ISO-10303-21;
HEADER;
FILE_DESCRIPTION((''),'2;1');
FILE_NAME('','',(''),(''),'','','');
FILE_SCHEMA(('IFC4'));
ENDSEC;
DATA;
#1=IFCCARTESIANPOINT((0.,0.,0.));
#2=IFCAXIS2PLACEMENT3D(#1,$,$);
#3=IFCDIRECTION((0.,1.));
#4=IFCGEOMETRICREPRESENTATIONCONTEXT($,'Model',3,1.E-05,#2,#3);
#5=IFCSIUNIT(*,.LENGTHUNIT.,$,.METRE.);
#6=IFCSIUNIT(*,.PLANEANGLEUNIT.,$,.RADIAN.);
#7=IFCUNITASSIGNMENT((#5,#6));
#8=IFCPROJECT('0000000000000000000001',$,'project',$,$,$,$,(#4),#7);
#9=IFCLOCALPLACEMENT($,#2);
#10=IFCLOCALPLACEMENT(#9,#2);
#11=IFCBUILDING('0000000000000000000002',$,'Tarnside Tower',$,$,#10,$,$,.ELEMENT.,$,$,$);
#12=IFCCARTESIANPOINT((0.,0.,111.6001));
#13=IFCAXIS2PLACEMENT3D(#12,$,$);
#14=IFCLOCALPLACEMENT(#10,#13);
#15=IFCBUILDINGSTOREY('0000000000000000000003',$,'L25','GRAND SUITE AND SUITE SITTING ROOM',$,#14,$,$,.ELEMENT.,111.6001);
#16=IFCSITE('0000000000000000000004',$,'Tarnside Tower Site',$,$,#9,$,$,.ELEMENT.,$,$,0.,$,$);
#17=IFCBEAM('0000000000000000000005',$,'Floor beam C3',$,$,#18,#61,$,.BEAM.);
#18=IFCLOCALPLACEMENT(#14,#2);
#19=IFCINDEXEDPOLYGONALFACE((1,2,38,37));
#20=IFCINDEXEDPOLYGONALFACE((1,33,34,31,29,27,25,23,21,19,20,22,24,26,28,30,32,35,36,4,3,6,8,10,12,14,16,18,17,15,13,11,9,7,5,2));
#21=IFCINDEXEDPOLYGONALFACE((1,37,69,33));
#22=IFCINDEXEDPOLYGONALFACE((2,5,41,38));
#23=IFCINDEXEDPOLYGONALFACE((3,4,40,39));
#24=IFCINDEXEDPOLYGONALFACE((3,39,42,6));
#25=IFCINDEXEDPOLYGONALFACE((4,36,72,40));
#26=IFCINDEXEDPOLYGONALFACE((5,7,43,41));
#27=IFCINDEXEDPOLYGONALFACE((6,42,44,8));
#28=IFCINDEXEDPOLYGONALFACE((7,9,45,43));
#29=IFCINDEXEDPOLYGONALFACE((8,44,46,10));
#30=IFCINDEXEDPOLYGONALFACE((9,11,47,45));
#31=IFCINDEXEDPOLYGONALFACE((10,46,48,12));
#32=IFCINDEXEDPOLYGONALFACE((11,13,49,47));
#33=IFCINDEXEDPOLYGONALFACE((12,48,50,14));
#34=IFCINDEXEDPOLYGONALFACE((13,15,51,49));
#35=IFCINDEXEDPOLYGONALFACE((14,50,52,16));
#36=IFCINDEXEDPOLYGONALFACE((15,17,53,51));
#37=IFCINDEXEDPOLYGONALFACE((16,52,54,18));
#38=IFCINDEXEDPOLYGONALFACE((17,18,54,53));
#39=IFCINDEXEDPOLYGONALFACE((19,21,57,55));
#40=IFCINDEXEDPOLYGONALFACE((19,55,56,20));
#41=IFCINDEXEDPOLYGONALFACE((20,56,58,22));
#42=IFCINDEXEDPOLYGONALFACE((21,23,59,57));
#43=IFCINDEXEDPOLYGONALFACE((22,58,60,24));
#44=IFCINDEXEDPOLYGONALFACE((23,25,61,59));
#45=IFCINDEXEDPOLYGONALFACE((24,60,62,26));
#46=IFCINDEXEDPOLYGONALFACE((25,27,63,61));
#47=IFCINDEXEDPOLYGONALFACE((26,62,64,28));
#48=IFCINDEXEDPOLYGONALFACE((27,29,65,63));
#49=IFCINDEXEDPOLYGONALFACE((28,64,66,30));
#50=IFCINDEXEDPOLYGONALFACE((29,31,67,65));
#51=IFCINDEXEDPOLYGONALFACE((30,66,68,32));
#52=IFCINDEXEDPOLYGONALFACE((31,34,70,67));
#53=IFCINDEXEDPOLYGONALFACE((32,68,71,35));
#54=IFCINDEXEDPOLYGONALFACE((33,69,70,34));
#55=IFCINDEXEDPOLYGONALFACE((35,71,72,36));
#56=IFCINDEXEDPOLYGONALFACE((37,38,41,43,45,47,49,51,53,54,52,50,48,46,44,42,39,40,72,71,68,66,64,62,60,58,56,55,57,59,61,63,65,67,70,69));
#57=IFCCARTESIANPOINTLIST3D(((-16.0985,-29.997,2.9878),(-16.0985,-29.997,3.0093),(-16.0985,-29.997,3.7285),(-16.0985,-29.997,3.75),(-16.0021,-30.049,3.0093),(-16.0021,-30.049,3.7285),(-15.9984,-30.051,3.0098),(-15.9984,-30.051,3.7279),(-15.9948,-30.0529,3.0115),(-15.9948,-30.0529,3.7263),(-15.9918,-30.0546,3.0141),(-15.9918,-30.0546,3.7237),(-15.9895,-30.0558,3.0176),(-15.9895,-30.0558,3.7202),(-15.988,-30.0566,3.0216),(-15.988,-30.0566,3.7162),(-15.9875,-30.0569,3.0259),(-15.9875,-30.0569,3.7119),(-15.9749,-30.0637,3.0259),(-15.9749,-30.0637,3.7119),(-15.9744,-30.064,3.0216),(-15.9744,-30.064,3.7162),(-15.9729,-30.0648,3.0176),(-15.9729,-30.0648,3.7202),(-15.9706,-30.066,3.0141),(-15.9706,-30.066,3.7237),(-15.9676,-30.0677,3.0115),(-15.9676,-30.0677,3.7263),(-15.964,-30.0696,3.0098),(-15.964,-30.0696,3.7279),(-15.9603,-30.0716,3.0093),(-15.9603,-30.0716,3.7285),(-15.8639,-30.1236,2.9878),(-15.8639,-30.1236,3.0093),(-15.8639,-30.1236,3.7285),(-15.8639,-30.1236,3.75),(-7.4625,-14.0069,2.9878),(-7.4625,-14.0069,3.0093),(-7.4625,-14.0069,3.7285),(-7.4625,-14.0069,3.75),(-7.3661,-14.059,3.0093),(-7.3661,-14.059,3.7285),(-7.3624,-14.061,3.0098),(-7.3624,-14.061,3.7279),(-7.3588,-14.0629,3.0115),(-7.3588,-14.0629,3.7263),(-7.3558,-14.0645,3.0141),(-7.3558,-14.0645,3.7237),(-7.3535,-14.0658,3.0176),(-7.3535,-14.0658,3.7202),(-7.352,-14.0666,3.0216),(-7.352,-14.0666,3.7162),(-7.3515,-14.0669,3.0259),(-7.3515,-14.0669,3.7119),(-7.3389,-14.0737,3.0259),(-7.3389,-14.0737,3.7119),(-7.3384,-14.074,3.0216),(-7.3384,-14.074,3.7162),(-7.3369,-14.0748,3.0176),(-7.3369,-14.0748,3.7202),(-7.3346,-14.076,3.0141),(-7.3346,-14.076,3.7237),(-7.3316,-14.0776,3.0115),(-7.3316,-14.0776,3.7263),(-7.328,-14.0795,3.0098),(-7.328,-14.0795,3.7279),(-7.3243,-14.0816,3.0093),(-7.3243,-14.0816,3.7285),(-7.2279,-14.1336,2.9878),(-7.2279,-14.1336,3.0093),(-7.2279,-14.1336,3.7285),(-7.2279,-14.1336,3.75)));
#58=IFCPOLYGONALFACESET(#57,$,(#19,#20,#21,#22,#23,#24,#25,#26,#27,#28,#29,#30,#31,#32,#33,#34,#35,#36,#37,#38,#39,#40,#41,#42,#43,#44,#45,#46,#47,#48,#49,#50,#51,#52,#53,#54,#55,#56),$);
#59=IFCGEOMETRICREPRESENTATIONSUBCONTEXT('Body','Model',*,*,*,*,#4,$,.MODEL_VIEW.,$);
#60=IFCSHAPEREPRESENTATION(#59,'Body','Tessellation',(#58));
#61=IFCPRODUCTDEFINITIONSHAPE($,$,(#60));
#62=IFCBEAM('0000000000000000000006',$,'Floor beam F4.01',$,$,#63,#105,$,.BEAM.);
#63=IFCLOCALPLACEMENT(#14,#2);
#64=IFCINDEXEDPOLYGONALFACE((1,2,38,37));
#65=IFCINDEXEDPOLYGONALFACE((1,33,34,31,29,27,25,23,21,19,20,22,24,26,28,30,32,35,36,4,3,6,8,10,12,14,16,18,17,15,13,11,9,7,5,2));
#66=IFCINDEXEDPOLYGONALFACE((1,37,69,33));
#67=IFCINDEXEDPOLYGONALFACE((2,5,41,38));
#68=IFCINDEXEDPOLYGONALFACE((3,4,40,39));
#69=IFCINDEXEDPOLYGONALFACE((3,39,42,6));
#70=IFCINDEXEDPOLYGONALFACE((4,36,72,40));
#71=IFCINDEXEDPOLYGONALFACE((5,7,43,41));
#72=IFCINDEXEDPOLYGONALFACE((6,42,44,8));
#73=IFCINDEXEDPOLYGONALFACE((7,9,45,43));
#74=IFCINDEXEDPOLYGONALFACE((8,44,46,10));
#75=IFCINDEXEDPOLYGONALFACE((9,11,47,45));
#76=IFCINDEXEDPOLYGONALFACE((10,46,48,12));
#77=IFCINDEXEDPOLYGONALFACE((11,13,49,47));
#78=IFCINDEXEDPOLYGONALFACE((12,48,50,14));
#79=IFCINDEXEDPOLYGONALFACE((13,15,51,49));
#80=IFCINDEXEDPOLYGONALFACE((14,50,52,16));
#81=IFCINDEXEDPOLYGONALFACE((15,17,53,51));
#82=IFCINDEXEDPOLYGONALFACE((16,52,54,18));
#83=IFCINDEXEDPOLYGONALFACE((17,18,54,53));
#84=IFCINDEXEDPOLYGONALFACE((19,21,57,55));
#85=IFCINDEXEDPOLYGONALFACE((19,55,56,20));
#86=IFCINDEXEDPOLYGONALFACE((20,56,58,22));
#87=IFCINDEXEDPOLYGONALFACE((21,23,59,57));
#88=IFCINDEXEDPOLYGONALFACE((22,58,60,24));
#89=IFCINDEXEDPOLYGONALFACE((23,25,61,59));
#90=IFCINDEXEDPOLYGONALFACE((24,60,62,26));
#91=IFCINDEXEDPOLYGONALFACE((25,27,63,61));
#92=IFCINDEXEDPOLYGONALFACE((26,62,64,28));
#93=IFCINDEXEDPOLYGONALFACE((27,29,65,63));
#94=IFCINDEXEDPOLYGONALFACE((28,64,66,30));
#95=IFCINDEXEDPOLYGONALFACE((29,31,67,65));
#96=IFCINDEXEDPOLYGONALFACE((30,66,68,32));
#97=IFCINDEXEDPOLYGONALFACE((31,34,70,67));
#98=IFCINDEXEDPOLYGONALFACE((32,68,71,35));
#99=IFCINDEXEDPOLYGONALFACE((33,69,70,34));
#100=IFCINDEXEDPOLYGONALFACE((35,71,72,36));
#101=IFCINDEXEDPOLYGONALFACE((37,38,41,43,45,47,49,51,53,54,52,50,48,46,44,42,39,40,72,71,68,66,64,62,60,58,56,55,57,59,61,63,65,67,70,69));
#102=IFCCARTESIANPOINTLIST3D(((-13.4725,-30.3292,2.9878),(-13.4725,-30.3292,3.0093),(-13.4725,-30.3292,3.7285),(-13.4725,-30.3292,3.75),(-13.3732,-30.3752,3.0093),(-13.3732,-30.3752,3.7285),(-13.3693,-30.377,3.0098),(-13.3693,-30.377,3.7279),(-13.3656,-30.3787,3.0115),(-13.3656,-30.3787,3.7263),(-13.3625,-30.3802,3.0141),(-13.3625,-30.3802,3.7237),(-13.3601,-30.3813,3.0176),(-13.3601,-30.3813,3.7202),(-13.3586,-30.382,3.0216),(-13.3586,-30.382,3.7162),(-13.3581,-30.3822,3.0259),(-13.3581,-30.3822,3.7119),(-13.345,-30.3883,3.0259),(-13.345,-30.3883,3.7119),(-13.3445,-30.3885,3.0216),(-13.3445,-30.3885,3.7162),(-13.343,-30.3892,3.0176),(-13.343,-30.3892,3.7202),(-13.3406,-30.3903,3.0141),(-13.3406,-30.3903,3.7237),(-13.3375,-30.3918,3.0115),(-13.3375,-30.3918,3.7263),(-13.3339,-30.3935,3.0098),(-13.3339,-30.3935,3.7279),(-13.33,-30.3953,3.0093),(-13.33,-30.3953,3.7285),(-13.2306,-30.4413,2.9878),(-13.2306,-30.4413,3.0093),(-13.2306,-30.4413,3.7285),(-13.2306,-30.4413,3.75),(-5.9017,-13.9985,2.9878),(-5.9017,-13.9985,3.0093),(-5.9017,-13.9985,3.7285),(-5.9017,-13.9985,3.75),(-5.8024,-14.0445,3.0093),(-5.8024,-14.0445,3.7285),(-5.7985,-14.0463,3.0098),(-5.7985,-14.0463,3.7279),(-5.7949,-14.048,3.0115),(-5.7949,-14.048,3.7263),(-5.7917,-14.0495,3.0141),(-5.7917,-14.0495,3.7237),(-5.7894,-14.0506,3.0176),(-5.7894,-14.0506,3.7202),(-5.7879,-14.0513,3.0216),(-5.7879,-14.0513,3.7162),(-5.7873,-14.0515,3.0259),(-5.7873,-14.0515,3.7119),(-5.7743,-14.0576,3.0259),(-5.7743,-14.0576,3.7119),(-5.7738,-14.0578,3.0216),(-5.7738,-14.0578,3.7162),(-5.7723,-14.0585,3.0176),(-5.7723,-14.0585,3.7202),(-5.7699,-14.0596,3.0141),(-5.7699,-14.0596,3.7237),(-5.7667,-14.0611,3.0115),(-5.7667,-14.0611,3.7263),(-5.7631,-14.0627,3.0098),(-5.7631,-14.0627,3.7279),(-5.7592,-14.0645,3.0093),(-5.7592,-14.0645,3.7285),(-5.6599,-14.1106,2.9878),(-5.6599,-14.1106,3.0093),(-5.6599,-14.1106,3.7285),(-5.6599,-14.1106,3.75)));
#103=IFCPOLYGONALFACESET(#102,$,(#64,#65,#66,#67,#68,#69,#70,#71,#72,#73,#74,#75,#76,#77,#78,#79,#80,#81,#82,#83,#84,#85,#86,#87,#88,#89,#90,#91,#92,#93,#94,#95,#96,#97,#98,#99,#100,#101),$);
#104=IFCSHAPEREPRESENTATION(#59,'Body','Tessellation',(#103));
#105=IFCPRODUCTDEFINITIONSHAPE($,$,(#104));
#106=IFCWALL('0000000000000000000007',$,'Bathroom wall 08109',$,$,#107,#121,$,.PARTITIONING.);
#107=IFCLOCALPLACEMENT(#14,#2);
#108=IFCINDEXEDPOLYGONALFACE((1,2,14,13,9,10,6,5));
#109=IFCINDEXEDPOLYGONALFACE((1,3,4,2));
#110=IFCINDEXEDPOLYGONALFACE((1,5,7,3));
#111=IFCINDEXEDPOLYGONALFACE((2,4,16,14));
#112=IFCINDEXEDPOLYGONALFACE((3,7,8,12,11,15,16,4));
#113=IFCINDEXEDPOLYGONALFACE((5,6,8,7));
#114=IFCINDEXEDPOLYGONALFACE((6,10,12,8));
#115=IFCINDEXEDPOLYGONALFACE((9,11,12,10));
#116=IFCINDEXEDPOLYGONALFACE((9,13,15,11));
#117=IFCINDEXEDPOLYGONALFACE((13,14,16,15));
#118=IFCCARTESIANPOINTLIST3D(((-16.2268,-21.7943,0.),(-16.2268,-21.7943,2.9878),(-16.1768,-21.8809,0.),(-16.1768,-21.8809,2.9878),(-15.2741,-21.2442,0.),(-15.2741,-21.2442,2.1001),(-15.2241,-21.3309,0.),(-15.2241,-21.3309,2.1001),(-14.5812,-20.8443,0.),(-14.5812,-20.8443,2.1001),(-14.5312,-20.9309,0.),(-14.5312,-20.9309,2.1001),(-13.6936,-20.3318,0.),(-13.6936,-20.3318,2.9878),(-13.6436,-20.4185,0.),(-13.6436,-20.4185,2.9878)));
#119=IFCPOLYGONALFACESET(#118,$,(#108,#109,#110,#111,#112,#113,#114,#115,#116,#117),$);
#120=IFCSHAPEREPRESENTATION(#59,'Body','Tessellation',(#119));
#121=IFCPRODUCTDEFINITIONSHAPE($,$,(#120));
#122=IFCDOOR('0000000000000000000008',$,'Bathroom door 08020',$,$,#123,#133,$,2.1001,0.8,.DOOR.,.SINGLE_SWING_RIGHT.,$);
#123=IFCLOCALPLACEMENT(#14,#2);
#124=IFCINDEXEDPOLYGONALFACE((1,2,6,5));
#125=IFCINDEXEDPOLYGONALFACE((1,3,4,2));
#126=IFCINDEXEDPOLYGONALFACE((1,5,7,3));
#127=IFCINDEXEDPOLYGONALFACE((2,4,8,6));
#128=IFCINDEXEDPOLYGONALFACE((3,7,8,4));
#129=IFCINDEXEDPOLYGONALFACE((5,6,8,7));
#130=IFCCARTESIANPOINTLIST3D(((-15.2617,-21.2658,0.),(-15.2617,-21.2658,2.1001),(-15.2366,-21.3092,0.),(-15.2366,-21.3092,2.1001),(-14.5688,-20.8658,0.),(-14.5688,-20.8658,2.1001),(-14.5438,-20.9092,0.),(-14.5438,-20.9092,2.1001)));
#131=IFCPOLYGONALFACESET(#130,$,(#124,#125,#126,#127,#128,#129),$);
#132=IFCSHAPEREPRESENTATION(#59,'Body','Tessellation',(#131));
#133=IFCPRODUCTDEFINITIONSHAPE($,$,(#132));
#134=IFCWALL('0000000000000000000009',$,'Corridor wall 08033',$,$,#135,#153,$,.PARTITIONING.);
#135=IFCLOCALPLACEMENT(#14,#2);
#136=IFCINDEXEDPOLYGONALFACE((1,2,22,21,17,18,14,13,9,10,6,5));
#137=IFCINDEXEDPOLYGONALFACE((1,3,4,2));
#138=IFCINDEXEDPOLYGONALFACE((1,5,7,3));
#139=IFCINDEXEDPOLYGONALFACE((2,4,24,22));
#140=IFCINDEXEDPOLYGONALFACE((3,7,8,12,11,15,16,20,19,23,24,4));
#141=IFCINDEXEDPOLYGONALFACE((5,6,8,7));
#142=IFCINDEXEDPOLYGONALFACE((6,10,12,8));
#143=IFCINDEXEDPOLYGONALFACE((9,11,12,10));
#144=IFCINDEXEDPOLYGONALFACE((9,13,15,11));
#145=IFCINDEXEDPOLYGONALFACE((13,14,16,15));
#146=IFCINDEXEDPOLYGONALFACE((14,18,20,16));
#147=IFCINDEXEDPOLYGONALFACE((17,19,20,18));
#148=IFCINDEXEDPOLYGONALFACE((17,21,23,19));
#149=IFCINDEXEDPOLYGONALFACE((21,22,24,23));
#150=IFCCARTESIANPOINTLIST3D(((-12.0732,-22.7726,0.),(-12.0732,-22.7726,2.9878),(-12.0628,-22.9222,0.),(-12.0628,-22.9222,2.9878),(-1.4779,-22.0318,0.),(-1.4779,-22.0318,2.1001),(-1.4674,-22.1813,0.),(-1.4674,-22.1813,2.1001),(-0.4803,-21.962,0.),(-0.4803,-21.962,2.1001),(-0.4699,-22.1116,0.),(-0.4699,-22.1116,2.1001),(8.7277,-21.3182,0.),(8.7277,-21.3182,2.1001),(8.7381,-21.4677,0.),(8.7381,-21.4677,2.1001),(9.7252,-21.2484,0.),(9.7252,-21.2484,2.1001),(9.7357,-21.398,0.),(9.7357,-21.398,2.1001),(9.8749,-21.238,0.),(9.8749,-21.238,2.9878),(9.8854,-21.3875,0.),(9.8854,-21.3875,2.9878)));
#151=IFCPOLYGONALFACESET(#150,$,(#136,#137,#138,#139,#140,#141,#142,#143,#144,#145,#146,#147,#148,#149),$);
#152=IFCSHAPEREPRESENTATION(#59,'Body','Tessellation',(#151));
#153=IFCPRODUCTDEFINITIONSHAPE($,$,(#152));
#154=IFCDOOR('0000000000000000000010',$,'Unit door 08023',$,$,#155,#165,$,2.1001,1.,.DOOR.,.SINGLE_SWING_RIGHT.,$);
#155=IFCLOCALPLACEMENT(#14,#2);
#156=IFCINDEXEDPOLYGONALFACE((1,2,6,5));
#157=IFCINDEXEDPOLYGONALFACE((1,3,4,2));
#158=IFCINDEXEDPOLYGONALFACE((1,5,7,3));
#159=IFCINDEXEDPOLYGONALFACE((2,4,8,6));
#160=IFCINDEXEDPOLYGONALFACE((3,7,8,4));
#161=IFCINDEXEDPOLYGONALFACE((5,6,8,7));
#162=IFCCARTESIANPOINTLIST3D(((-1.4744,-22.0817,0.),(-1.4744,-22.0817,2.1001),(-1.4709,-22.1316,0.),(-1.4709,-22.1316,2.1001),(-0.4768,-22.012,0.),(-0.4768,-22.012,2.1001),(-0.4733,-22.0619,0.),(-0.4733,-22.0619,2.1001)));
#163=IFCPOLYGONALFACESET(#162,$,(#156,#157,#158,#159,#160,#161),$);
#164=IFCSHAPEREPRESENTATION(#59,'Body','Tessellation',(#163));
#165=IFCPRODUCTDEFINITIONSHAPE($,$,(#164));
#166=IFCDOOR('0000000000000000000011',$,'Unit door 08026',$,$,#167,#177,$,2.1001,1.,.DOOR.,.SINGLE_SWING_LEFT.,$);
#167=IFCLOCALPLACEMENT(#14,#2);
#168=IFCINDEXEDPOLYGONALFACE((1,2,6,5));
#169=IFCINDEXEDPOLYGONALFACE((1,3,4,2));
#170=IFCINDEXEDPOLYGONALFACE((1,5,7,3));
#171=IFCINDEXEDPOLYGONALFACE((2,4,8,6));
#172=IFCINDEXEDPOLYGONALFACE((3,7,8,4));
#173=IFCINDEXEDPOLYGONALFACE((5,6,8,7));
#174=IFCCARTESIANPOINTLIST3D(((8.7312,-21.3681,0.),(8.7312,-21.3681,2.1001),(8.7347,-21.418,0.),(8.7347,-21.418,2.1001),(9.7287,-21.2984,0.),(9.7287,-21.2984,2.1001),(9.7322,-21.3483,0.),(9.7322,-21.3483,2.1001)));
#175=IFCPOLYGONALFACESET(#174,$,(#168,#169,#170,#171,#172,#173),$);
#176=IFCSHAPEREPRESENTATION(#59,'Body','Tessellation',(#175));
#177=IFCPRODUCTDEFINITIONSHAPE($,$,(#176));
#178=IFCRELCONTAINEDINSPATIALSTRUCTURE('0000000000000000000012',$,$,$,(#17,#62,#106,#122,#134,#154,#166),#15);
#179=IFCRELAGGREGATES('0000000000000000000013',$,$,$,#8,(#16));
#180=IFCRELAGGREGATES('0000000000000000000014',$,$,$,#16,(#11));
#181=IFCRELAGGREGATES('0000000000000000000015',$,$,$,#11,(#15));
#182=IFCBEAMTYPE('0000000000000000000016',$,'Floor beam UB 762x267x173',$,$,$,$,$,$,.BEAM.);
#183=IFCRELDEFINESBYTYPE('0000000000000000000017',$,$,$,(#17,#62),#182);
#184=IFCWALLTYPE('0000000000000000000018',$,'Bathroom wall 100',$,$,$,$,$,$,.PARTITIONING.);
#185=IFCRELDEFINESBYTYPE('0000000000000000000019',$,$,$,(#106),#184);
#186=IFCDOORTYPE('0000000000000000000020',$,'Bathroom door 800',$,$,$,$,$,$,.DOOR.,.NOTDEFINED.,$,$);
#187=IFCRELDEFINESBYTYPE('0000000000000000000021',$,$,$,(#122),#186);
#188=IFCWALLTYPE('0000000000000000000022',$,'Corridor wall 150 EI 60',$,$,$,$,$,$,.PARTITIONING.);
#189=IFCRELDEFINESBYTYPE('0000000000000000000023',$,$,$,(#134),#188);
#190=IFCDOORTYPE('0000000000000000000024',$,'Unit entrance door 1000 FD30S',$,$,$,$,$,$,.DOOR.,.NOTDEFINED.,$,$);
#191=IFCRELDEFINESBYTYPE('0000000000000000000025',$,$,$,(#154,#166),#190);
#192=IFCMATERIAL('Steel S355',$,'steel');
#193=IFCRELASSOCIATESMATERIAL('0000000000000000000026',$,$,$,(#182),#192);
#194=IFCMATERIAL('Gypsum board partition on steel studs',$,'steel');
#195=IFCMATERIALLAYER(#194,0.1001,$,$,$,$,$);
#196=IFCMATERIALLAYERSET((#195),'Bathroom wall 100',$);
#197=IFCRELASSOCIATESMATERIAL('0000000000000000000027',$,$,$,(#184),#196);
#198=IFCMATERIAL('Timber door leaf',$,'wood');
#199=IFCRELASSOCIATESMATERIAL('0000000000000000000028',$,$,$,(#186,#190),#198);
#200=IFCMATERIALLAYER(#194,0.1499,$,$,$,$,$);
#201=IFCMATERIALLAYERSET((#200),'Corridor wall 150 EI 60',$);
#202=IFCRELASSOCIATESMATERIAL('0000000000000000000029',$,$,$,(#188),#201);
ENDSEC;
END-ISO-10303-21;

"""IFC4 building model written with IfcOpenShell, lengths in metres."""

from ifc_helpers import new_model, si_unit, direction, frame, frame_2d, origin, origin_2d, place, context, subcontext, project, spatial, rectangle, i_section, extrude, material, layer, layer_set, material_profile, profile_set, type_object, element, fill, save


model = new_model("IFC4")

# Units and contexts
model_context = context("Model", 3, precision=1e-05, world=origin(), true_north=direction((0.0, 1.0)))
body_context = subcontext(model_context, "Body", "Model", "MODEL_VIEW")
ifc_project = project(units=[si_unit("LENGTHUNIT", "METRE"), si_unit("PLANEANGLEUNIT", "RADIAN")], contexts=[model_context])

# Site, building, storey
site_placement = place(None, origin())
site = spatial("IfcSite", under=ifc_project, at=site_placement, Name="Tarnside Tower Site", CompositionType="ELEMENT", RefElevation=0.0)
building_placement = place(site_placement, origin())
building = spatial("IfcBuilding", under=site, at=building_placement, Name="Tarnside Tower", CompositionType="ELEMENT")
storey_placement = place(building_placement, frame((0.0, 0.0, 111.6001)))
storey = spatial("IfcBuildingStorey", under=building, at=storey_placement, Name="L25", Description="GRAND SUITE AND SUITE SITTING ROOM", CompositionType="ELEMENT", Elevation=111.6001)

# Beams
ifc_material_1 = material(Name="Steel S355", Category="steel")
ifc_material_profile = material_profile(ifc_material_1, i_section(OverallWidth=0.2666, OverallDepth=0.7622, WebThickness=0.0144, FlangeThickness=0.0215, FilletRadius=0.0166, at=origin_2d()), Name="UB 762x267x173")
ifc_profile_set = profile_set([ifc_material_profile], Name="Steel S355")
beam_type = type_object("IfcBeamType", Name="Floor beam UB 762x267x173", PredefinedType="BEAM", material=ifc_profile_set)
beam_1_placement = place(storey_placement, frame((-15.9812, -30.0603, 3.3689), z_axis=(0.475208, 0.879873, 0.0), x_axis=(-0.879873, 0.475208, 0.0)))
element("IfcBeam", 1, at=beam_1_placement, inside=storey, type_object=beam_type, Name="Floor beam C3", PredefinedType="BEAM", context=body_context, shape_type="SweptSolid", body=[
    extrude(i_section(OverallWidth=0.2666, OverallDepth=0.7622, WebThickness=0.0144, FlangeThickness=0.0215, FilletRadius=0.0166, at=origin_2d()), origin(), (0.0, 0.0, 1.0), 18.1731),
])
beam_2_placement = place(storey_placement, frame((-13.3516, -30.3853, 3.3689), z_axis=(0.420592, 0.90725, 0.0), x_axis=(-0.90725, 0.420592, 0.0)))
element("IfcBeam", 2, at=beam_2_placement, inside=storey, type_object=beam_type, Name="Floor beam F4.01", PredefinedType="BEAM", context=body_context, shape_type="SweptSolid", body=[
    extrude(i_section(OverallWidth=0.2666, OverallDepth=0.7622, WebThickness=0.0144, FlangeThickness=0.0215, FilletRadius=0.0166, at=origin_2d()), origin(), (0.0, 0.0, 1.0), 18.0002),
])

# Wall, opening, door
ifc_material_2 = material(Name="Gypsum board partition on steel studs", Category="steel")
ifc_layer_1 = layer(ifc_material_2, 0.1001)
ifc_layer_set_1 = layer_set([ifc_layer_1], Name="Bathroom wall 100")
wall_type_1 = type_object("IfcWallType", Name="Bathroom wall 100", PredefinedType="PARTITIONING", material=ifc_layer_set_1)
wall_1_placement = place(storey_placement, frame((-13.6687, -20.3752, 0.0), z_axis=(0.0, 0.0, 1.0), x_axis=(-0.866047, -0.499963, 0.0)))
wall_1 = element("IfcWall", 3, at=wall_1_placement, inside=storey, type_object=wall_type_1, Name="Bathroom wall 08109", PredefinedType="PARTITIONING", context=body_context, shape_type="SweptSolid", body=[
    extrude(rectangle(XDim=2.925, YDim=0.1001, at=frame_2d((1.4624, 0.0))), origin(), (0.0, 0.0, 1.0), 2.9878),
])
opening_1_placement = place(wall_1_placement, frame((1.0249, 0.0, 0.0)))
opening_1 = element("IfcOpeningElement", 4, at=opening_1_placement, cuts=wall_1, PredefinedType="OPENING", context=body_context, shape_type="SweptSolid", body=[
    extrude(rectangle(XDim=0.8, YDim=2.1001, at=frame_2d((0.3999, 1.05))), frame((0.0, 0.0601, 0.0), z_axis=(0.0, -1.0, 0.0), x_axis=(1.0, 0.0, 0.0)), (0.0, 0.0, 1.0), 0.1201),
])
ifc_material_3 = material(Name="Timber door leaf", Category="wood")
door_type_1 = type_object("IfcDoorType", Name="Bathroom door 800", OperationType="NOTDEFINED", PredefinedType="DOOR", material=ifc_material_3)
door_1_placement = place(opening_1_placement, origin())
door_1 = element("IfcDoor", 5, at=door_1_placement, inside=storey, type_object=door_type_1, Name="Bathroom door 08020", OperationType="SINGLE_SWING_RIGHT", OverallHeight=2.1001, OverallWidth=0.8, PredefinedType="DOOR", context=body_context, shape_type="SweptSolid", body=[
    extrude(rectangle(XDim=0.8, YDim=2.1001, at=frame_2d((0.3999, 1.05))), frame((0.0, 0.0249, 0.0), z_axis=(0.0, -1.0, 0.0), x_axis=(1.0, 0.0, 0.0)), (0.0, 0.0, 1.0), 0.05),
])
fill(opening_1, door_1)

# Wall, openings, doors
ifc_layer_2 = layer(ifc_material_2, 0.1499)
ifc_layer_set_2 = layer_set([ifc_layer_2], Name="Corridor wall 150 EI 60")
wall_type_2 = type_object("IfcWallType", Name="Corridor wall 150 EI 60", PredefinedType="PARTITIONING", material=ifc_layer_set_2)
wall_2_placement = place(storey_placement, frame((-12.0681, -22.8474, 0.0), z_axis=(0.0, 0.0, 1.0), x_axis=(0.997564, 0.069752, 0.0)))
wall_2 = element("IfcWall", 6, at=wall_2_placement, inside=storey, type_object=wall_type_2, Name="Corridor wall 08033", PredefinedType="PARTITIONING", context=body_context, shape_type="SweptSolid", body=[
    extrude(rectangle(XDim=22.0017, YDim=0.1499, at=frame_2d((11.001, 0.0))), origin(), (0.0, 0.0, 1.0), 2.9878),
])
opening_2_placement = place(wall_2_placement, frame((10.6213, 0.0, 0.0)))
opening_2 = element("IfcOpeningElement", 7, at=opening_2_placement, cuts=wall_2, PredefinedType="OPENING", context=body_context, shape_type="SweptSolid", body=[
    extrude(rectangle(XDim=1.0, YDim=2.1001, at=frame_2d((0.5, 1.05))), frame((0.0, 0.085, 0.0), z_axis=(0.0, -1.0, 0.0), x_axis=(1.0, 0.0, 0.0)), (0.0, 0.0, 1.0), 0.1699),
])
opening_3_placement = place(wall_2_placement, frame((20.8518, 0.0, 0.0)))
opening_3 = element("IfcOpeningElement", 8, at=opening_3_placement, cuts=wall_2, PredefinedType="OPENING", context=body_context, shape_type="SweptSolid", body=[
    extrude(rectangle(XDim=1.0, YDim=2.1001, at=frame_2d((0.5, 1.05))), frame((0.0, 0.085, 0.0), z_axis=(0.0, -1.0, 0.0), x_axis=(1.0, 0.0, 0.0)), (0.0, 0.0, 1.0), 0.1699),
])
door_type_2 = type_object("IfcDoorType", Name="Unit entrance door 1000 FD30S", OperationType="NOTDEFINED", PredefinedType="DOOR", material=ifc_material_3)
door_2_placement = place(opening_2_placement, origin())
door_2 = element("IfcDoor", 9, at=door_2_placement, inside=storey, type_object=door_type_2, Name="Unit door 08023", OperationType="SINGLE_SWING_RIGHT", OverallHeight=2.1001, OverallWidth=1.0, PredefinedType="DOOR", context=body_context, shape_type="SweptSolid", body=[
    extrude(rectangle(XDim=1.0, YDim=2.1001, at=frame_2d((0.5, 1.05))), frame((0.0, 0.0249, 0.0), z_axis=(0.0, -1.0, 0.0), x_axis=(1.0, 0.0, 0.0)), (0.0, 0.0, 1.0), 0.05),
])
fill(opening_2, door_2)
door_3_placement = place(opening_3_placement, origin())
door_3 = element("IfcDoor", 10, at=door_3_placement, inside=storey, type_object=door_type_2, Name="Unit door 08026", OperationType="SINGLE_SWING_LEFT", OverallHeight=2.1001, OverallWidth=1.0, PredefinedType="DOOR", context=body_context, shape_type="SweptSolid", body=[
    extrude(rectangle(XDim=1.0, YDim=2.1001, at=frame_2d((0.5, 1.05))), frame((0.0, 0.0249, 0.0), z_axis=(0.0, -1.0, 0.0), x_axis=(1.0, 0.0, 0.0)), (0.0, 0.0, 1.0), 0.05),
])
fill(opening_3, door_3)

save(model, "model.ifc")
